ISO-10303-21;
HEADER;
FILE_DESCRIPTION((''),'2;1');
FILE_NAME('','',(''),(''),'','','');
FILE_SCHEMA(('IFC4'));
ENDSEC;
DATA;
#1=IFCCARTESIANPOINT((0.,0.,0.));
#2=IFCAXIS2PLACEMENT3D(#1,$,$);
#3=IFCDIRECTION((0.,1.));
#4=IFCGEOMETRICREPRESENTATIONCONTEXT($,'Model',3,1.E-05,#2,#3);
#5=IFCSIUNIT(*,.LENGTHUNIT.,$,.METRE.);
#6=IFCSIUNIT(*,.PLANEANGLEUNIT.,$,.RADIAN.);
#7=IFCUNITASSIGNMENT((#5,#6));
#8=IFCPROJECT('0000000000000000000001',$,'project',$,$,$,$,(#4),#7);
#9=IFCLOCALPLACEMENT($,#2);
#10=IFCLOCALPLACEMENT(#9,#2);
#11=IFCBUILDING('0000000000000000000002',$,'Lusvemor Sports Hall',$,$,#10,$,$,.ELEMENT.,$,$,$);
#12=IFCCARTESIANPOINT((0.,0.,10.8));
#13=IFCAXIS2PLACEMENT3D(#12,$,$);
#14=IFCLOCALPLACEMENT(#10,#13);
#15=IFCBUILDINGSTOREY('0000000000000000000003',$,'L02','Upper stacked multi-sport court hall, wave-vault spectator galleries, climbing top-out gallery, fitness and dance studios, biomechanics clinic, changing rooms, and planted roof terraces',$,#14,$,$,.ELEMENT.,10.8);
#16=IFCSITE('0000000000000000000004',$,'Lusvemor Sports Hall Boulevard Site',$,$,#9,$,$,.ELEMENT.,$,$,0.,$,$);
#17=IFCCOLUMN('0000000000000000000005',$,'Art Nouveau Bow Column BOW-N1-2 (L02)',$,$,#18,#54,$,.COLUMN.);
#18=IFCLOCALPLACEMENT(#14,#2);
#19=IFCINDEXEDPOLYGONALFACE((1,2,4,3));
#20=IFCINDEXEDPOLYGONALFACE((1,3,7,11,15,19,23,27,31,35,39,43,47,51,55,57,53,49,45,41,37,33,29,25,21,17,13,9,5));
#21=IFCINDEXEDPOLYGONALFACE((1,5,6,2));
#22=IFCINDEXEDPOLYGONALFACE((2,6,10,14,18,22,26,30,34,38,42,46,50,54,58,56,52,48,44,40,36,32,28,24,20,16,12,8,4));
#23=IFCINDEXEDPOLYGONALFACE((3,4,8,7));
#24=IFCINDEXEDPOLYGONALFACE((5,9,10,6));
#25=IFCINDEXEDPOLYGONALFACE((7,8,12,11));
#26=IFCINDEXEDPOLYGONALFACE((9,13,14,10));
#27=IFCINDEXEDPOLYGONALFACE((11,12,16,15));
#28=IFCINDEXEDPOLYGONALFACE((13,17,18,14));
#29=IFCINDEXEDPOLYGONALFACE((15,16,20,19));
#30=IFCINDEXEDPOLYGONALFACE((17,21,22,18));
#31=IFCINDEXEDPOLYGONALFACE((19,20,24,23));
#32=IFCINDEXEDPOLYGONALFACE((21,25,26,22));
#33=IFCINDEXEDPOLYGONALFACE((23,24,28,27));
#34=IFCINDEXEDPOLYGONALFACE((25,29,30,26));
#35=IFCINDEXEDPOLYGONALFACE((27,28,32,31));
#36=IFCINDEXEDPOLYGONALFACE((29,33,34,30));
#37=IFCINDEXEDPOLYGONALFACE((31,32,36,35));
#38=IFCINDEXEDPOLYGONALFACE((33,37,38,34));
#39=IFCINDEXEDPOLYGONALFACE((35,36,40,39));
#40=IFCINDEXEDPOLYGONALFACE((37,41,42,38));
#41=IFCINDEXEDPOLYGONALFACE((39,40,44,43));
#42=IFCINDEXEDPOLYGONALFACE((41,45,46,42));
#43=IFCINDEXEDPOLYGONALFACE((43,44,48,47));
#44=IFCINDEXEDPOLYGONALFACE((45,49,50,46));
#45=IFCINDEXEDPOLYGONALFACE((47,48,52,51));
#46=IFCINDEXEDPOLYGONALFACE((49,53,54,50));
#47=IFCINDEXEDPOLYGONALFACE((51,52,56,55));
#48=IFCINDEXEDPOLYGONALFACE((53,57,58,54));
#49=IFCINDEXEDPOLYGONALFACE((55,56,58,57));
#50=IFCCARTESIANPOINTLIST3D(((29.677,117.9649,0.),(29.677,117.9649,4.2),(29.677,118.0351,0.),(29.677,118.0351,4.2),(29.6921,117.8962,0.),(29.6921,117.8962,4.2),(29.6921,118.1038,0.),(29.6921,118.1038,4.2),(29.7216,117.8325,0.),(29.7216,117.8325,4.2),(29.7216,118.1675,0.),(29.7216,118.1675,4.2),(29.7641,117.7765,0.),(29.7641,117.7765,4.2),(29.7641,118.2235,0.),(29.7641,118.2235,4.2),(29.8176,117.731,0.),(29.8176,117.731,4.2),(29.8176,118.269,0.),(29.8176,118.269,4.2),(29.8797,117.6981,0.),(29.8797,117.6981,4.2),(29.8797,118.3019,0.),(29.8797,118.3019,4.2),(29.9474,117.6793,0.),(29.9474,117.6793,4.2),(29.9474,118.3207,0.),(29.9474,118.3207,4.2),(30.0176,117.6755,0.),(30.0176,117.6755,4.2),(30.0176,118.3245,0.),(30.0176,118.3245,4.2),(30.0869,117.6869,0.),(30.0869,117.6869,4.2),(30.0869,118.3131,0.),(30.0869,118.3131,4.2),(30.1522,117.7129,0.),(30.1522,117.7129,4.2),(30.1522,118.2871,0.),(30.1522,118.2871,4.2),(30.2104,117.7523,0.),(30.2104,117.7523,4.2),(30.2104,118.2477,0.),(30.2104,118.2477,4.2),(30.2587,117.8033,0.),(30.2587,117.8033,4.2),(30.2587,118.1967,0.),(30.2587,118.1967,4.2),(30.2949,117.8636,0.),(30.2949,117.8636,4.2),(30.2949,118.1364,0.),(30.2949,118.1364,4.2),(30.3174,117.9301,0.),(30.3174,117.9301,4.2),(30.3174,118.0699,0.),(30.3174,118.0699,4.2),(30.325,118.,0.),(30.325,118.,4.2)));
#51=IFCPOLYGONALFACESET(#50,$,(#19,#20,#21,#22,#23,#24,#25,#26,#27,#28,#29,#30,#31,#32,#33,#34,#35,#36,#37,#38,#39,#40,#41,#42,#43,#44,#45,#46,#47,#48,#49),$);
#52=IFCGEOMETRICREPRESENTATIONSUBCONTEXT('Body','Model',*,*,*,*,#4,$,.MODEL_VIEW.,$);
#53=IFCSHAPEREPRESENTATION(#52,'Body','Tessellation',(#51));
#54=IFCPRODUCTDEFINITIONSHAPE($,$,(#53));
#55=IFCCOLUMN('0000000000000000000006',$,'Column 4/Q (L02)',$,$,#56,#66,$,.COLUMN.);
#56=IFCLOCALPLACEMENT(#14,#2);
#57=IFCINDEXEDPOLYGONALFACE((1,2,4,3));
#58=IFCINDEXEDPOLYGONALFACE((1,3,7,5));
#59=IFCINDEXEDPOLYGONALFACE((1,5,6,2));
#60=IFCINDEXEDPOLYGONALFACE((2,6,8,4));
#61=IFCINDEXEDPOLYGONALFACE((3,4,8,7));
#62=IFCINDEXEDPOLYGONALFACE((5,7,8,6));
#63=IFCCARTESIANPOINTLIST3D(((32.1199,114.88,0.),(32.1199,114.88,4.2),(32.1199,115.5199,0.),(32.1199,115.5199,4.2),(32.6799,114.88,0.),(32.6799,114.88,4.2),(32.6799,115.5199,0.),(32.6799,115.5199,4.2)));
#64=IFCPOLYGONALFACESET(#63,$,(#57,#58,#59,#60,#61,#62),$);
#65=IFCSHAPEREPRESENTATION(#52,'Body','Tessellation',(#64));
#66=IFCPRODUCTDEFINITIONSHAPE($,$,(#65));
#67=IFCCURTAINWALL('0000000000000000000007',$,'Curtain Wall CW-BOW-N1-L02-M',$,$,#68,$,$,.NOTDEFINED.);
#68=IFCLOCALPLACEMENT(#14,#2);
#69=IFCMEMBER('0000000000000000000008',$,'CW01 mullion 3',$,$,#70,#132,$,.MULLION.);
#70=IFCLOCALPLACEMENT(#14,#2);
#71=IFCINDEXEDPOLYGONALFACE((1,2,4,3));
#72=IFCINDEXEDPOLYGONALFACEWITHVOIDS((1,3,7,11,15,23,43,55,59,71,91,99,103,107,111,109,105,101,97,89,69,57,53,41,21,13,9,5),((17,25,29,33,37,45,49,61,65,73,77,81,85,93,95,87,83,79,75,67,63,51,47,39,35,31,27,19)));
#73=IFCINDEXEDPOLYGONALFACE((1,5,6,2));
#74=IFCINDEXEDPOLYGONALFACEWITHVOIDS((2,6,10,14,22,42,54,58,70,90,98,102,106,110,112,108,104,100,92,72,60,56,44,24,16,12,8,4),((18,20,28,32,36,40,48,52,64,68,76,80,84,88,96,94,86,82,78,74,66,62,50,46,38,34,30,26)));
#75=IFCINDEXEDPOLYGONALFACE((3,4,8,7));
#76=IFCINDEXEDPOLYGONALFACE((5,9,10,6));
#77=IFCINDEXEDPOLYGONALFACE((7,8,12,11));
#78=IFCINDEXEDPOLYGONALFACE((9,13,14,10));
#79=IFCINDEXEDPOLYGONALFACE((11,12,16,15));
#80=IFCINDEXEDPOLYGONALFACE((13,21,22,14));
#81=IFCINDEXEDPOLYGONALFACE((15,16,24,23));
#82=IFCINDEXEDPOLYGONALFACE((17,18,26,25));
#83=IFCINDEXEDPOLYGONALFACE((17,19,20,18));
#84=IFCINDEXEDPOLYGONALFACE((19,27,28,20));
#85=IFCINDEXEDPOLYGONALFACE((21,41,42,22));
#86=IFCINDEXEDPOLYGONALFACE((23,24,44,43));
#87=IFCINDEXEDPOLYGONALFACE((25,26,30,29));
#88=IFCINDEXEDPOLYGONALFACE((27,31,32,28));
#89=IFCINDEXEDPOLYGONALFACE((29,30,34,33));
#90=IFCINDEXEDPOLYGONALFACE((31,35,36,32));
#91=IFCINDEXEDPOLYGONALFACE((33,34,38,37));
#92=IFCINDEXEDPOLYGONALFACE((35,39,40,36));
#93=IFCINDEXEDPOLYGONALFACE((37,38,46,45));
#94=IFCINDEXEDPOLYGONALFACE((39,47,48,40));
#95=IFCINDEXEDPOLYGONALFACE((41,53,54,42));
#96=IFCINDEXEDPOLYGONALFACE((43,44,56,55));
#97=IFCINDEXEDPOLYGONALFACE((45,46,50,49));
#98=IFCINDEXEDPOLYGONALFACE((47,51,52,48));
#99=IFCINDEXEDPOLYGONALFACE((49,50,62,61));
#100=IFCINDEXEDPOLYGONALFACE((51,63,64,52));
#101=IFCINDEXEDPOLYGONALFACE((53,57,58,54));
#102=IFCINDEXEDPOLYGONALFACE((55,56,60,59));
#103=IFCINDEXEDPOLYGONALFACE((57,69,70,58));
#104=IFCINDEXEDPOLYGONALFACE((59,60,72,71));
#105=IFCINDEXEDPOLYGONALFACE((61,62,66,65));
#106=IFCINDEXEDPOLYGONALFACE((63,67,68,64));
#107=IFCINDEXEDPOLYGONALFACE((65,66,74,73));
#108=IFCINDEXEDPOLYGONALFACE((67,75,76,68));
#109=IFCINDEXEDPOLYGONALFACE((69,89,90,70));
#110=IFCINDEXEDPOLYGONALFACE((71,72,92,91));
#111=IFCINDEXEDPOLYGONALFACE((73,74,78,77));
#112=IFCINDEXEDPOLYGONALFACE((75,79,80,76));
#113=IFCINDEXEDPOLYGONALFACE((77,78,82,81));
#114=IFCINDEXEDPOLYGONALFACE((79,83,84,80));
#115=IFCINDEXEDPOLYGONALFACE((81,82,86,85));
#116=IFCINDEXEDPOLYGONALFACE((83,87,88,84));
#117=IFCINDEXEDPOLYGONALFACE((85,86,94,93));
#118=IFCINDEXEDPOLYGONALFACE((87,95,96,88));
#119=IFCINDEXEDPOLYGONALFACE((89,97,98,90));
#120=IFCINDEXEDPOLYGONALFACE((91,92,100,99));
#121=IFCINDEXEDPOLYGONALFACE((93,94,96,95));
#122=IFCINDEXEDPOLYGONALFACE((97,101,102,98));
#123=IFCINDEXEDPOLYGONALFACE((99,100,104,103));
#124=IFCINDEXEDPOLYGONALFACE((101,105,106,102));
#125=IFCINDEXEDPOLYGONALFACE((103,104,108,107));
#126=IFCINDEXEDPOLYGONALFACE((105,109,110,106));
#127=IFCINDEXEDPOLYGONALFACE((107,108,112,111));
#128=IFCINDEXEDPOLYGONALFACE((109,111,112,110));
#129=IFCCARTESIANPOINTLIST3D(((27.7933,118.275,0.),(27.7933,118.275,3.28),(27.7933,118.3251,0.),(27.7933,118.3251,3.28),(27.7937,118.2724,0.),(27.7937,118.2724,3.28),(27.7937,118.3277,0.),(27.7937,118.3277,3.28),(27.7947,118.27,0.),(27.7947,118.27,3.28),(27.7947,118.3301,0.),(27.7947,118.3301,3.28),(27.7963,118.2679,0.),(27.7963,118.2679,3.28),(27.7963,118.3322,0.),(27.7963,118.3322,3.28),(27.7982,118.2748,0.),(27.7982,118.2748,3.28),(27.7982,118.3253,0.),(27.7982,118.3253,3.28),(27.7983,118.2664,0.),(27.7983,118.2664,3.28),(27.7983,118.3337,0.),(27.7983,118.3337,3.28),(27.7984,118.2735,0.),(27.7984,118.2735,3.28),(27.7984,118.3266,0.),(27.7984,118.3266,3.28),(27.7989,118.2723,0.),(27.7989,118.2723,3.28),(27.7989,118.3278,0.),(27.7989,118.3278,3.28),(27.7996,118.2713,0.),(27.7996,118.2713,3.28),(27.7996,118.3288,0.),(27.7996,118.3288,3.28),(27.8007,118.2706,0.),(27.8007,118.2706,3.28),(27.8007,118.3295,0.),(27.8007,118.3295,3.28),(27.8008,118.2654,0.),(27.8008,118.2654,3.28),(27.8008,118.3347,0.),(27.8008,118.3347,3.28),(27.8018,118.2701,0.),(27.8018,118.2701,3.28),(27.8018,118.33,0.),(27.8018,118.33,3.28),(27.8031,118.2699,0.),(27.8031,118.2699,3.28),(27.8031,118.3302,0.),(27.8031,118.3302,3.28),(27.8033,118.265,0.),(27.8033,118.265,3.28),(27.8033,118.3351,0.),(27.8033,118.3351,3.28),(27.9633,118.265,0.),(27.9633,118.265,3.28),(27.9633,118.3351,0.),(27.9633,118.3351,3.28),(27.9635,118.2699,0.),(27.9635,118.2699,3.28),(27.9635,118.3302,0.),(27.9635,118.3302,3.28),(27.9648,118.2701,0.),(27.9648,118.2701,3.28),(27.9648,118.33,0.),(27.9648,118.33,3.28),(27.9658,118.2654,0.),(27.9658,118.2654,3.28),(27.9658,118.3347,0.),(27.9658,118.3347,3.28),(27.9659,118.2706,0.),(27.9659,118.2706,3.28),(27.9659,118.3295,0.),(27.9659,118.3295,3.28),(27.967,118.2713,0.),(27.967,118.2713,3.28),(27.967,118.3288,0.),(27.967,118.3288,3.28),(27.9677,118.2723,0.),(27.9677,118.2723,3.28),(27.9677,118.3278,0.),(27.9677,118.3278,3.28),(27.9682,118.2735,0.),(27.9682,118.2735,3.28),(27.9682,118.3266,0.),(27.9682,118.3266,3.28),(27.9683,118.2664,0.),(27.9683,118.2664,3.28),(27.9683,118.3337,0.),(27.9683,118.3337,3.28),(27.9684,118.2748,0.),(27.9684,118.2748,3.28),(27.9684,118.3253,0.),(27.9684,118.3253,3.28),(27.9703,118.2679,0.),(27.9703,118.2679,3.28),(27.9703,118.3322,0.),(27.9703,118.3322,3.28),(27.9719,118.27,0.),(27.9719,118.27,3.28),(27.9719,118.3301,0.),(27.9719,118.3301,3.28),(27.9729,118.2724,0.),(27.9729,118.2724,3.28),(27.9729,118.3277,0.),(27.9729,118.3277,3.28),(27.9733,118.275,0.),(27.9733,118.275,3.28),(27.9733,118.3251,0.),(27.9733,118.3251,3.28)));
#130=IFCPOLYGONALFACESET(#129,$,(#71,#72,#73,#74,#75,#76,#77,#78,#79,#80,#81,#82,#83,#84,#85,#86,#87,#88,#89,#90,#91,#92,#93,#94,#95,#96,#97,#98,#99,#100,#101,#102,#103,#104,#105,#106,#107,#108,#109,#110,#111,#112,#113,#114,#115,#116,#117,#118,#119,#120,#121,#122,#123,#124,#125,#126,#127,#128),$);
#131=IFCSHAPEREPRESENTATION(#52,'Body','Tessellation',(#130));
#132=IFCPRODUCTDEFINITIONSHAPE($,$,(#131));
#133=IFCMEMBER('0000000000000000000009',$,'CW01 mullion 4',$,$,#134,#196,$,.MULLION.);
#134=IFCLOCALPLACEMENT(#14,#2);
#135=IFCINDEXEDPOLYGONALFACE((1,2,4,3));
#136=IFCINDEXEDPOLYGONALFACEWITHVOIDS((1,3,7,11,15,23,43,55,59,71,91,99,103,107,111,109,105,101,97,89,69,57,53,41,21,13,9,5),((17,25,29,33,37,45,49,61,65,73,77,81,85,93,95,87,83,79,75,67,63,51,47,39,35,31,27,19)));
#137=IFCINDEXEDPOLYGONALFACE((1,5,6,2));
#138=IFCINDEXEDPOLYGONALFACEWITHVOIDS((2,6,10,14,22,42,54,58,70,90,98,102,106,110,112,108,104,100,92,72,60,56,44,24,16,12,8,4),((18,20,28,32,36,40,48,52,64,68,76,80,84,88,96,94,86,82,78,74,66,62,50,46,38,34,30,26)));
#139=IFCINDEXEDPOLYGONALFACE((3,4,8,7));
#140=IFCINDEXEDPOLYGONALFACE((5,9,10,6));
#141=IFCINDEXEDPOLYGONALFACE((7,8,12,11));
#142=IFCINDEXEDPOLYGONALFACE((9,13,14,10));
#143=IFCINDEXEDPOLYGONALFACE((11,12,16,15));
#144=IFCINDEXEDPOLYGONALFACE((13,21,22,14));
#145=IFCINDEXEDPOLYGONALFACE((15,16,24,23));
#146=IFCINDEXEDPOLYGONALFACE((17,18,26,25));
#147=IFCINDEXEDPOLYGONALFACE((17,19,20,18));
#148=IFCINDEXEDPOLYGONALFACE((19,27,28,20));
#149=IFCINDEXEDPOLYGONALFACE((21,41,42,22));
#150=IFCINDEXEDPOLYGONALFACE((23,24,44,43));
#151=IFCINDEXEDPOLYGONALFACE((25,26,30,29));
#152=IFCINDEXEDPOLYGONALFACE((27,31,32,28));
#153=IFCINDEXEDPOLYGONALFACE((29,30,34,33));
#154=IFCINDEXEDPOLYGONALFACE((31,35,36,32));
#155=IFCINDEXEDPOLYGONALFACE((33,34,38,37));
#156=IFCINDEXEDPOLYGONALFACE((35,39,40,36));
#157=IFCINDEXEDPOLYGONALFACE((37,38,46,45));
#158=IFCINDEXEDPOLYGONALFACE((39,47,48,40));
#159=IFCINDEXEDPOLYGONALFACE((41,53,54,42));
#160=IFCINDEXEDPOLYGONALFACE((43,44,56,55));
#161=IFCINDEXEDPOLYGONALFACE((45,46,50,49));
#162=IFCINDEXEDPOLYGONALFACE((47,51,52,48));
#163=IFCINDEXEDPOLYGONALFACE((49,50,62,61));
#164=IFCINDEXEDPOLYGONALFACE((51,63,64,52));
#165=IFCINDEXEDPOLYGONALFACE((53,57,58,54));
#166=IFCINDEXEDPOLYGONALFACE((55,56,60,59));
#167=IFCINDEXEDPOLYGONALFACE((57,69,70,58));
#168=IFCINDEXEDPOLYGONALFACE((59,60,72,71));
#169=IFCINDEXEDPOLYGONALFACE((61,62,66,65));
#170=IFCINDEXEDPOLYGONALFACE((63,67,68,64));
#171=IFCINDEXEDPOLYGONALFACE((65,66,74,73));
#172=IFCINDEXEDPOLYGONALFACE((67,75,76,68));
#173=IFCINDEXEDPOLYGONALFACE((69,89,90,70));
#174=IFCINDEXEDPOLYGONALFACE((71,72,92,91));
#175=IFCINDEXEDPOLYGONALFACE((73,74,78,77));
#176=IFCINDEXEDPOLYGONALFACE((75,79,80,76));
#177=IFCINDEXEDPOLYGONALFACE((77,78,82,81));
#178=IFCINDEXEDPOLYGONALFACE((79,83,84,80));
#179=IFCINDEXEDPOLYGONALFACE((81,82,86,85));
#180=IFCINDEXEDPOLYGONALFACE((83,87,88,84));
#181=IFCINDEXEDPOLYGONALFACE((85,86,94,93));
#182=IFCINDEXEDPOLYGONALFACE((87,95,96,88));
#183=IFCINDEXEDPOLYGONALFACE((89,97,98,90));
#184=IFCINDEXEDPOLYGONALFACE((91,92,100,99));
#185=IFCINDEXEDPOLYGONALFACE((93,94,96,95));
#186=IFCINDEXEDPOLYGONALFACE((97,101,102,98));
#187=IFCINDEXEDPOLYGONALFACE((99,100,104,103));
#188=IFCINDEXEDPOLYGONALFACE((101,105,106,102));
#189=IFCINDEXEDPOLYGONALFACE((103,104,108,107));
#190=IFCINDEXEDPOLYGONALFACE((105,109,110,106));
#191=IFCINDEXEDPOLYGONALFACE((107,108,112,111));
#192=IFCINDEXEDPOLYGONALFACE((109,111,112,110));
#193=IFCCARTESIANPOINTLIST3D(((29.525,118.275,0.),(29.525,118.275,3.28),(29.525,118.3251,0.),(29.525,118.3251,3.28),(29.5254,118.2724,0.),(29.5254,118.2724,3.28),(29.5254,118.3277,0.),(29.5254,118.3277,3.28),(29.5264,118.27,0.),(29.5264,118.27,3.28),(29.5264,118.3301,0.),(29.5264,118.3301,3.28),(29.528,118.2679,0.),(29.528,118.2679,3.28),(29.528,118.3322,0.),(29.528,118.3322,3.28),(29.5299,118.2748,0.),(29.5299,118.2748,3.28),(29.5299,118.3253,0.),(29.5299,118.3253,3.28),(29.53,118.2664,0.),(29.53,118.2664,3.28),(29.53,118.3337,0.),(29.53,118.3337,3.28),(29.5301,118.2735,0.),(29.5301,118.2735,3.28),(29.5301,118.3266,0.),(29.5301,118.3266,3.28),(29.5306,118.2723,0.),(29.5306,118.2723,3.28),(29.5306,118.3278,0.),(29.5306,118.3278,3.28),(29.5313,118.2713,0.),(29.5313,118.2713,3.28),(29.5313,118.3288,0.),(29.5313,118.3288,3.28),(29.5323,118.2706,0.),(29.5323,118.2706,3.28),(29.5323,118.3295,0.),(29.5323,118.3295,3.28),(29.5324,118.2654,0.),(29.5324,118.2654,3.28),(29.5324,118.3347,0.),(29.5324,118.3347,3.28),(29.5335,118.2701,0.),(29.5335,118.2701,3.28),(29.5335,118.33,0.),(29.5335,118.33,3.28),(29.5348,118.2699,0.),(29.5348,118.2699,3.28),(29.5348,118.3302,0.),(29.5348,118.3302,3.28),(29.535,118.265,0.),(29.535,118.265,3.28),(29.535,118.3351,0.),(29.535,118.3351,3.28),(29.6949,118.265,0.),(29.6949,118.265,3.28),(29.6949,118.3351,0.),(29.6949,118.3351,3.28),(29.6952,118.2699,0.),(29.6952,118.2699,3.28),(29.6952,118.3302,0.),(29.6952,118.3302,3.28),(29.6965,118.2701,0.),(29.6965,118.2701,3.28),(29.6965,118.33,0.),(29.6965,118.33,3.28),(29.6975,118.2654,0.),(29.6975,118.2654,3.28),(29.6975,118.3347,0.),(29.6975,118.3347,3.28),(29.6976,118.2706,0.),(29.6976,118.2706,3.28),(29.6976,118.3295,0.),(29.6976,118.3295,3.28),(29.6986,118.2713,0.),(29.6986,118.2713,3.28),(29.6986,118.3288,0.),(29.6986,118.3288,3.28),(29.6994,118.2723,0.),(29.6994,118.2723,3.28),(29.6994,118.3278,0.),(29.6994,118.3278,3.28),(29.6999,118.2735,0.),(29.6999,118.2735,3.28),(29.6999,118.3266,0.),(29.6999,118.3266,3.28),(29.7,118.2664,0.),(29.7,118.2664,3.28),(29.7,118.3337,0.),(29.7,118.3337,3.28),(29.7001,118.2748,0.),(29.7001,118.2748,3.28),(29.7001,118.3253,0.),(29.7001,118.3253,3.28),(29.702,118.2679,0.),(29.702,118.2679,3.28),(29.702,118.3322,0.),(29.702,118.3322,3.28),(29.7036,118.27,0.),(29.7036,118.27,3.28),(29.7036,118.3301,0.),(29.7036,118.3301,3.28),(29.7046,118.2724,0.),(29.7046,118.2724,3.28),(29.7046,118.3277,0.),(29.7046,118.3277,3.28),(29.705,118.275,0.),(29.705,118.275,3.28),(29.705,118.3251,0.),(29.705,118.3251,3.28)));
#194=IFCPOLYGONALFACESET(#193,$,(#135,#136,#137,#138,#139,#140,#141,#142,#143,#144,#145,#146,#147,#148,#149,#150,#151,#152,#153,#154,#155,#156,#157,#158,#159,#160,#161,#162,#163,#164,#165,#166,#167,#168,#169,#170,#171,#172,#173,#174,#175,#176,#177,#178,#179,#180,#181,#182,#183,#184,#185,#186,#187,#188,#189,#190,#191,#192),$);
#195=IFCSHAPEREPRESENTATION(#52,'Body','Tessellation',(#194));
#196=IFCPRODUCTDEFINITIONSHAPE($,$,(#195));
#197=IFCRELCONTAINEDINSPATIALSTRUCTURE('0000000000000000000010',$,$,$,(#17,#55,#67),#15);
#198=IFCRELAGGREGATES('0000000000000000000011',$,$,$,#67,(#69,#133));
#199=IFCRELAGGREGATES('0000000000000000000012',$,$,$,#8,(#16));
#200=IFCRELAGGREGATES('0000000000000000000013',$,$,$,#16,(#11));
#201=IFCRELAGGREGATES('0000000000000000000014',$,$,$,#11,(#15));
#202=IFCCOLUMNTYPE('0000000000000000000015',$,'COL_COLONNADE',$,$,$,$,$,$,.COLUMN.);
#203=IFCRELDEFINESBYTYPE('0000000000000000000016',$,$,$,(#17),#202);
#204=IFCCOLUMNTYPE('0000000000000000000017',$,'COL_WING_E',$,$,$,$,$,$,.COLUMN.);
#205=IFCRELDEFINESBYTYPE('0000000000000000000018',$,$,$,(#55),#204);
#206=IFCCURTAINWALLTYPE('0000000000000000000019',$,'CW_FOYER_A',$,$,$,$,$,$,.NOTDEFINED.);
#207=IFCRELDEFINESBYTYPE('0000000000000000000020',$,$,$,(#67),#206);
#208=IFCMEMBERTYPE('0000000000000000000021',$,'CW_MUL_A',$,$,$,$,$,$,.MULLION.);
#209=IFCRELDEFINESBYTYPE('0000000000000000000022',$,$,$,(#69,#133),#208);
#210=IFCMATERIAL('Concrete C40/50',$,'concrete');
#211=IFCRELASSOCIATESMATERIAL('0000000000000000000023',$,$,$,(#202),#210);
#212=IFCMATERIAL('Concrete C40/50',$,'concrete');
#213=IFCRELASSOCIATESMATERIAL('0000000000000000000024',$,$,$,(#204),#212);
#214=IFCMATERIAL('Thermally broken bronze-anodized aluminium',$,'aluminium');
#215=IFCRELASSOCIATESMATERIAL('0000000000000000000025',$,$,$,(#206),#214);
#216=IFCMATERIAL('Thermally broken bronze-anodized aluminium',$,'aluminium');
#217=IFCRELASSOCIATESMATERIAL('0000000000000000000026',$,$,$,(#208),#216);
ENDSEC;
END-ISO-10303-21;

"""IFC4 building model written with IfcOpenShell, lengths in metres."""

from ifc_helpers import new_model, si_unit, direction, frame, origin, origin_2d, place, context, subcontext, project, spatial, rectangle, hollow_rectangle, circle, extrude, material, material_profile, profile_set, type_object, element, aggregate, save


model = new_model("IFC4")

# Units and contexts
model_context = context("Model", 3, precision=1e-05, world=origin(), true_north=direction((0.0, 1.0)))
body_context = subcontext(model_context, "Body", "Model", "MODEL_VIEW")
ifc_project = project(units=[si_unit("LENGTHUNIT", "METRE"), si_unit("PLANEANGLEUNIT", "RADIAN")], contexts=[model_context])

# Site, building, storey
site_placement = place(None, origin())
site = spatial("IfcSite", under=ifc_project, at=site_placement, Name="Lusvemor Sports Hall Boulevard Site", CompositionType="ELEMENT", RefElevation=0.0)
building_placement = place(site_placement, origin())
building = spatial("IfcBuilding", under=site, at=building_placement, Name="Lusvemor Sports Hall", CompositionType="ELEMENT")
storey_placement = place(building_placement, frame((0.0, 0.0, 10.8)))
storey = spatial("IfcBuildingStorey", under=building, at=storey_placement, Name="L02", Description="Upper stacked multi-sport court hall, wave-vault spectator galleries, climbing top-out gallery, fitness and dance studios, biomechanics clinic, changing rooms, and planted roof terraces", CompositionType="ELEMENT", Elevation=10.8)

# Columns
ifc_material_1 = material(Name="Concrete C40/50", Category="concrete")
ifc_material_profile_1 = material_profile(ifc_material_1, circle(Radius=0.325, at=origin_2d()), Name="RCCIRC650")
ifc_profile_set_1 = profile_set([ifc_material_profile_1], Name="Concrete C40/50")
column_type_1 = type_object("IfcColumnType", Name="COL_COLONNADE", PredefinedType="COLUMN", material=ifc_profile_set_1)
column_1_placement = place(storey_placement, frame((30.0, 118.0, 0.0), z_axis=(0.0, 0.0, 1.0), x_axis=(1.0, 0.0, 0.0)))
element("IfcColumn", 1, at=column_1_placement, inside=storey, type_object=column_type_1, Name="Art Nouveau Bow Column BOW-N1-2 (L02)", PredefinedType="COLUMN", context=body_context, shape_type="SweptSolid", body=[
    extrude(circle(Radius=0.325, at=origin_2d()), origin(), (0.0, 0.0, 1.0), 4.2),
])
ifc_material_2 = material(Name="Concrete C40/50", Category="concrete")
ifc_material_profile_2 = material_profile(ifc_material_2, rectangle(XDim=0.5601, YDim=0.6399, at=origin_2d()), Name="RC560x640")
ifc_profile_set_2 = profile_set([ifc_material_profile_2], Name="Concrete C40/50")
column_type_2 = type_object("IfcColumnType", Name="COL_WING_E", PredefinedType="COLUMN", material=ifc_profile_set_2)
column_2_placement = place(storey_placement, frame((32.3999, 115.2, 0.0), z_axis=(0.0, 0.0, 1.0), x_axis=(1.0, 0.0, 0.0)))
element("IfcColumn", 2, at=column_2_placement, inside=storey, type_object=column_type_2, Name="Column 4/Q (L02)", PredefinedType="COLUMN", context=body_context, shape_type="SweptSolid", body=[
    extrude(rectangle(XDim=0.5601, YDim=0.6399, at=origin_2d()), origin(), (0.0, 0.0, 1.0), 4.2),
])

# Curtain wall, members
ifc_material_3 = material(Name="Thermally broken bronze-anodized aluminium", Category="aluminium")
curtain_wall_type_1 = type_object("IfcCurtainWallType", Name="CW_FOYER_A", PredefinedType="NOTDEFINED", material=ifc_material_3)
curtain_wall_1_placement = place(storey_placement, origin())
curtain_wall_1 = element("IfcCurtainWall", 3, at=curtain_wall_1_placement, inside=storey, type_object=curtain_wall_type_1, Name="Curtain Wall CW-BOW-N1-L02-M", PredefinedType="NOTDEFINED")
ifc_material_4 = material(Name="Thermally broken bronze-anodized aluminium", Category="aluminium")
ifc_material_profile_3 = material_profile(ifc_material_4, hollow_rectangle(XDim=0.0701, YDim=0.1799, WallThickness=0.0049, InnerFilletRadius=0.0049, OuterFilletRadius=0.01, at=origin_2d()), Name="CWMUL180x70x5")
ifc_profile_set_3 = profile_set([ifc_material_profile_3], Name="Thermally broken bronze-anodized aluminium")
member_type_1 = type_object("IfcMemberType", Name="CW_MUL_A", PredefinedType="MULLION", material=ifc_profile_set_3)
member_1_placement = place(storey_placement, frame((27.8833, 118.3, 0.0), z_axis=(0.0, 0.0, 1.0), x_axis=(0.0, 1.0, 0.0)))
member_1 = element("IfcMember", 4, at=member_1_placement, type_object=member_type_1, Name="CW01 mullion 3", PredefinedType="MULLION", context=body_context, shape_type="SweptSolid", body=[
    extrude(hollow_rectangle(XDim=0.0701, YDim=0.1799, WallThickness=0.0049, InnerFilletRadius=0.0049, OuterFilletRadius=0.01, at=origin_2d()), origin(), (0.0, 0.0, 1.0), 3.28),
])
member_2_placement = place(storey_placement, frame((29.615, 118.3, 0.0), z_axis=(0.0, 0.0, 1.0), x_axis=(0.0, 1.0, 0.0)))
member_2 = element("IfcMember", 5, at=member_2_placement, type_object=member_type_1, Name="CW01 mullion 4", PredefinedType="MULLION", context=body_context, shape_type="SweptSolid", body=[
    extrude(hollow_rectangle(XDim=0.0701, YDim=0.1799, WallThickness=0.0049, InnerFilletRadius=0.0049, OuterFilletRadius=0.01, at=origin_2d()), origin(), (0.0, 0.0, 1.0), 3.28),
])

aggregate(curtain_wall_1, [member_1, member_2])

save(model, "model.ifc")
